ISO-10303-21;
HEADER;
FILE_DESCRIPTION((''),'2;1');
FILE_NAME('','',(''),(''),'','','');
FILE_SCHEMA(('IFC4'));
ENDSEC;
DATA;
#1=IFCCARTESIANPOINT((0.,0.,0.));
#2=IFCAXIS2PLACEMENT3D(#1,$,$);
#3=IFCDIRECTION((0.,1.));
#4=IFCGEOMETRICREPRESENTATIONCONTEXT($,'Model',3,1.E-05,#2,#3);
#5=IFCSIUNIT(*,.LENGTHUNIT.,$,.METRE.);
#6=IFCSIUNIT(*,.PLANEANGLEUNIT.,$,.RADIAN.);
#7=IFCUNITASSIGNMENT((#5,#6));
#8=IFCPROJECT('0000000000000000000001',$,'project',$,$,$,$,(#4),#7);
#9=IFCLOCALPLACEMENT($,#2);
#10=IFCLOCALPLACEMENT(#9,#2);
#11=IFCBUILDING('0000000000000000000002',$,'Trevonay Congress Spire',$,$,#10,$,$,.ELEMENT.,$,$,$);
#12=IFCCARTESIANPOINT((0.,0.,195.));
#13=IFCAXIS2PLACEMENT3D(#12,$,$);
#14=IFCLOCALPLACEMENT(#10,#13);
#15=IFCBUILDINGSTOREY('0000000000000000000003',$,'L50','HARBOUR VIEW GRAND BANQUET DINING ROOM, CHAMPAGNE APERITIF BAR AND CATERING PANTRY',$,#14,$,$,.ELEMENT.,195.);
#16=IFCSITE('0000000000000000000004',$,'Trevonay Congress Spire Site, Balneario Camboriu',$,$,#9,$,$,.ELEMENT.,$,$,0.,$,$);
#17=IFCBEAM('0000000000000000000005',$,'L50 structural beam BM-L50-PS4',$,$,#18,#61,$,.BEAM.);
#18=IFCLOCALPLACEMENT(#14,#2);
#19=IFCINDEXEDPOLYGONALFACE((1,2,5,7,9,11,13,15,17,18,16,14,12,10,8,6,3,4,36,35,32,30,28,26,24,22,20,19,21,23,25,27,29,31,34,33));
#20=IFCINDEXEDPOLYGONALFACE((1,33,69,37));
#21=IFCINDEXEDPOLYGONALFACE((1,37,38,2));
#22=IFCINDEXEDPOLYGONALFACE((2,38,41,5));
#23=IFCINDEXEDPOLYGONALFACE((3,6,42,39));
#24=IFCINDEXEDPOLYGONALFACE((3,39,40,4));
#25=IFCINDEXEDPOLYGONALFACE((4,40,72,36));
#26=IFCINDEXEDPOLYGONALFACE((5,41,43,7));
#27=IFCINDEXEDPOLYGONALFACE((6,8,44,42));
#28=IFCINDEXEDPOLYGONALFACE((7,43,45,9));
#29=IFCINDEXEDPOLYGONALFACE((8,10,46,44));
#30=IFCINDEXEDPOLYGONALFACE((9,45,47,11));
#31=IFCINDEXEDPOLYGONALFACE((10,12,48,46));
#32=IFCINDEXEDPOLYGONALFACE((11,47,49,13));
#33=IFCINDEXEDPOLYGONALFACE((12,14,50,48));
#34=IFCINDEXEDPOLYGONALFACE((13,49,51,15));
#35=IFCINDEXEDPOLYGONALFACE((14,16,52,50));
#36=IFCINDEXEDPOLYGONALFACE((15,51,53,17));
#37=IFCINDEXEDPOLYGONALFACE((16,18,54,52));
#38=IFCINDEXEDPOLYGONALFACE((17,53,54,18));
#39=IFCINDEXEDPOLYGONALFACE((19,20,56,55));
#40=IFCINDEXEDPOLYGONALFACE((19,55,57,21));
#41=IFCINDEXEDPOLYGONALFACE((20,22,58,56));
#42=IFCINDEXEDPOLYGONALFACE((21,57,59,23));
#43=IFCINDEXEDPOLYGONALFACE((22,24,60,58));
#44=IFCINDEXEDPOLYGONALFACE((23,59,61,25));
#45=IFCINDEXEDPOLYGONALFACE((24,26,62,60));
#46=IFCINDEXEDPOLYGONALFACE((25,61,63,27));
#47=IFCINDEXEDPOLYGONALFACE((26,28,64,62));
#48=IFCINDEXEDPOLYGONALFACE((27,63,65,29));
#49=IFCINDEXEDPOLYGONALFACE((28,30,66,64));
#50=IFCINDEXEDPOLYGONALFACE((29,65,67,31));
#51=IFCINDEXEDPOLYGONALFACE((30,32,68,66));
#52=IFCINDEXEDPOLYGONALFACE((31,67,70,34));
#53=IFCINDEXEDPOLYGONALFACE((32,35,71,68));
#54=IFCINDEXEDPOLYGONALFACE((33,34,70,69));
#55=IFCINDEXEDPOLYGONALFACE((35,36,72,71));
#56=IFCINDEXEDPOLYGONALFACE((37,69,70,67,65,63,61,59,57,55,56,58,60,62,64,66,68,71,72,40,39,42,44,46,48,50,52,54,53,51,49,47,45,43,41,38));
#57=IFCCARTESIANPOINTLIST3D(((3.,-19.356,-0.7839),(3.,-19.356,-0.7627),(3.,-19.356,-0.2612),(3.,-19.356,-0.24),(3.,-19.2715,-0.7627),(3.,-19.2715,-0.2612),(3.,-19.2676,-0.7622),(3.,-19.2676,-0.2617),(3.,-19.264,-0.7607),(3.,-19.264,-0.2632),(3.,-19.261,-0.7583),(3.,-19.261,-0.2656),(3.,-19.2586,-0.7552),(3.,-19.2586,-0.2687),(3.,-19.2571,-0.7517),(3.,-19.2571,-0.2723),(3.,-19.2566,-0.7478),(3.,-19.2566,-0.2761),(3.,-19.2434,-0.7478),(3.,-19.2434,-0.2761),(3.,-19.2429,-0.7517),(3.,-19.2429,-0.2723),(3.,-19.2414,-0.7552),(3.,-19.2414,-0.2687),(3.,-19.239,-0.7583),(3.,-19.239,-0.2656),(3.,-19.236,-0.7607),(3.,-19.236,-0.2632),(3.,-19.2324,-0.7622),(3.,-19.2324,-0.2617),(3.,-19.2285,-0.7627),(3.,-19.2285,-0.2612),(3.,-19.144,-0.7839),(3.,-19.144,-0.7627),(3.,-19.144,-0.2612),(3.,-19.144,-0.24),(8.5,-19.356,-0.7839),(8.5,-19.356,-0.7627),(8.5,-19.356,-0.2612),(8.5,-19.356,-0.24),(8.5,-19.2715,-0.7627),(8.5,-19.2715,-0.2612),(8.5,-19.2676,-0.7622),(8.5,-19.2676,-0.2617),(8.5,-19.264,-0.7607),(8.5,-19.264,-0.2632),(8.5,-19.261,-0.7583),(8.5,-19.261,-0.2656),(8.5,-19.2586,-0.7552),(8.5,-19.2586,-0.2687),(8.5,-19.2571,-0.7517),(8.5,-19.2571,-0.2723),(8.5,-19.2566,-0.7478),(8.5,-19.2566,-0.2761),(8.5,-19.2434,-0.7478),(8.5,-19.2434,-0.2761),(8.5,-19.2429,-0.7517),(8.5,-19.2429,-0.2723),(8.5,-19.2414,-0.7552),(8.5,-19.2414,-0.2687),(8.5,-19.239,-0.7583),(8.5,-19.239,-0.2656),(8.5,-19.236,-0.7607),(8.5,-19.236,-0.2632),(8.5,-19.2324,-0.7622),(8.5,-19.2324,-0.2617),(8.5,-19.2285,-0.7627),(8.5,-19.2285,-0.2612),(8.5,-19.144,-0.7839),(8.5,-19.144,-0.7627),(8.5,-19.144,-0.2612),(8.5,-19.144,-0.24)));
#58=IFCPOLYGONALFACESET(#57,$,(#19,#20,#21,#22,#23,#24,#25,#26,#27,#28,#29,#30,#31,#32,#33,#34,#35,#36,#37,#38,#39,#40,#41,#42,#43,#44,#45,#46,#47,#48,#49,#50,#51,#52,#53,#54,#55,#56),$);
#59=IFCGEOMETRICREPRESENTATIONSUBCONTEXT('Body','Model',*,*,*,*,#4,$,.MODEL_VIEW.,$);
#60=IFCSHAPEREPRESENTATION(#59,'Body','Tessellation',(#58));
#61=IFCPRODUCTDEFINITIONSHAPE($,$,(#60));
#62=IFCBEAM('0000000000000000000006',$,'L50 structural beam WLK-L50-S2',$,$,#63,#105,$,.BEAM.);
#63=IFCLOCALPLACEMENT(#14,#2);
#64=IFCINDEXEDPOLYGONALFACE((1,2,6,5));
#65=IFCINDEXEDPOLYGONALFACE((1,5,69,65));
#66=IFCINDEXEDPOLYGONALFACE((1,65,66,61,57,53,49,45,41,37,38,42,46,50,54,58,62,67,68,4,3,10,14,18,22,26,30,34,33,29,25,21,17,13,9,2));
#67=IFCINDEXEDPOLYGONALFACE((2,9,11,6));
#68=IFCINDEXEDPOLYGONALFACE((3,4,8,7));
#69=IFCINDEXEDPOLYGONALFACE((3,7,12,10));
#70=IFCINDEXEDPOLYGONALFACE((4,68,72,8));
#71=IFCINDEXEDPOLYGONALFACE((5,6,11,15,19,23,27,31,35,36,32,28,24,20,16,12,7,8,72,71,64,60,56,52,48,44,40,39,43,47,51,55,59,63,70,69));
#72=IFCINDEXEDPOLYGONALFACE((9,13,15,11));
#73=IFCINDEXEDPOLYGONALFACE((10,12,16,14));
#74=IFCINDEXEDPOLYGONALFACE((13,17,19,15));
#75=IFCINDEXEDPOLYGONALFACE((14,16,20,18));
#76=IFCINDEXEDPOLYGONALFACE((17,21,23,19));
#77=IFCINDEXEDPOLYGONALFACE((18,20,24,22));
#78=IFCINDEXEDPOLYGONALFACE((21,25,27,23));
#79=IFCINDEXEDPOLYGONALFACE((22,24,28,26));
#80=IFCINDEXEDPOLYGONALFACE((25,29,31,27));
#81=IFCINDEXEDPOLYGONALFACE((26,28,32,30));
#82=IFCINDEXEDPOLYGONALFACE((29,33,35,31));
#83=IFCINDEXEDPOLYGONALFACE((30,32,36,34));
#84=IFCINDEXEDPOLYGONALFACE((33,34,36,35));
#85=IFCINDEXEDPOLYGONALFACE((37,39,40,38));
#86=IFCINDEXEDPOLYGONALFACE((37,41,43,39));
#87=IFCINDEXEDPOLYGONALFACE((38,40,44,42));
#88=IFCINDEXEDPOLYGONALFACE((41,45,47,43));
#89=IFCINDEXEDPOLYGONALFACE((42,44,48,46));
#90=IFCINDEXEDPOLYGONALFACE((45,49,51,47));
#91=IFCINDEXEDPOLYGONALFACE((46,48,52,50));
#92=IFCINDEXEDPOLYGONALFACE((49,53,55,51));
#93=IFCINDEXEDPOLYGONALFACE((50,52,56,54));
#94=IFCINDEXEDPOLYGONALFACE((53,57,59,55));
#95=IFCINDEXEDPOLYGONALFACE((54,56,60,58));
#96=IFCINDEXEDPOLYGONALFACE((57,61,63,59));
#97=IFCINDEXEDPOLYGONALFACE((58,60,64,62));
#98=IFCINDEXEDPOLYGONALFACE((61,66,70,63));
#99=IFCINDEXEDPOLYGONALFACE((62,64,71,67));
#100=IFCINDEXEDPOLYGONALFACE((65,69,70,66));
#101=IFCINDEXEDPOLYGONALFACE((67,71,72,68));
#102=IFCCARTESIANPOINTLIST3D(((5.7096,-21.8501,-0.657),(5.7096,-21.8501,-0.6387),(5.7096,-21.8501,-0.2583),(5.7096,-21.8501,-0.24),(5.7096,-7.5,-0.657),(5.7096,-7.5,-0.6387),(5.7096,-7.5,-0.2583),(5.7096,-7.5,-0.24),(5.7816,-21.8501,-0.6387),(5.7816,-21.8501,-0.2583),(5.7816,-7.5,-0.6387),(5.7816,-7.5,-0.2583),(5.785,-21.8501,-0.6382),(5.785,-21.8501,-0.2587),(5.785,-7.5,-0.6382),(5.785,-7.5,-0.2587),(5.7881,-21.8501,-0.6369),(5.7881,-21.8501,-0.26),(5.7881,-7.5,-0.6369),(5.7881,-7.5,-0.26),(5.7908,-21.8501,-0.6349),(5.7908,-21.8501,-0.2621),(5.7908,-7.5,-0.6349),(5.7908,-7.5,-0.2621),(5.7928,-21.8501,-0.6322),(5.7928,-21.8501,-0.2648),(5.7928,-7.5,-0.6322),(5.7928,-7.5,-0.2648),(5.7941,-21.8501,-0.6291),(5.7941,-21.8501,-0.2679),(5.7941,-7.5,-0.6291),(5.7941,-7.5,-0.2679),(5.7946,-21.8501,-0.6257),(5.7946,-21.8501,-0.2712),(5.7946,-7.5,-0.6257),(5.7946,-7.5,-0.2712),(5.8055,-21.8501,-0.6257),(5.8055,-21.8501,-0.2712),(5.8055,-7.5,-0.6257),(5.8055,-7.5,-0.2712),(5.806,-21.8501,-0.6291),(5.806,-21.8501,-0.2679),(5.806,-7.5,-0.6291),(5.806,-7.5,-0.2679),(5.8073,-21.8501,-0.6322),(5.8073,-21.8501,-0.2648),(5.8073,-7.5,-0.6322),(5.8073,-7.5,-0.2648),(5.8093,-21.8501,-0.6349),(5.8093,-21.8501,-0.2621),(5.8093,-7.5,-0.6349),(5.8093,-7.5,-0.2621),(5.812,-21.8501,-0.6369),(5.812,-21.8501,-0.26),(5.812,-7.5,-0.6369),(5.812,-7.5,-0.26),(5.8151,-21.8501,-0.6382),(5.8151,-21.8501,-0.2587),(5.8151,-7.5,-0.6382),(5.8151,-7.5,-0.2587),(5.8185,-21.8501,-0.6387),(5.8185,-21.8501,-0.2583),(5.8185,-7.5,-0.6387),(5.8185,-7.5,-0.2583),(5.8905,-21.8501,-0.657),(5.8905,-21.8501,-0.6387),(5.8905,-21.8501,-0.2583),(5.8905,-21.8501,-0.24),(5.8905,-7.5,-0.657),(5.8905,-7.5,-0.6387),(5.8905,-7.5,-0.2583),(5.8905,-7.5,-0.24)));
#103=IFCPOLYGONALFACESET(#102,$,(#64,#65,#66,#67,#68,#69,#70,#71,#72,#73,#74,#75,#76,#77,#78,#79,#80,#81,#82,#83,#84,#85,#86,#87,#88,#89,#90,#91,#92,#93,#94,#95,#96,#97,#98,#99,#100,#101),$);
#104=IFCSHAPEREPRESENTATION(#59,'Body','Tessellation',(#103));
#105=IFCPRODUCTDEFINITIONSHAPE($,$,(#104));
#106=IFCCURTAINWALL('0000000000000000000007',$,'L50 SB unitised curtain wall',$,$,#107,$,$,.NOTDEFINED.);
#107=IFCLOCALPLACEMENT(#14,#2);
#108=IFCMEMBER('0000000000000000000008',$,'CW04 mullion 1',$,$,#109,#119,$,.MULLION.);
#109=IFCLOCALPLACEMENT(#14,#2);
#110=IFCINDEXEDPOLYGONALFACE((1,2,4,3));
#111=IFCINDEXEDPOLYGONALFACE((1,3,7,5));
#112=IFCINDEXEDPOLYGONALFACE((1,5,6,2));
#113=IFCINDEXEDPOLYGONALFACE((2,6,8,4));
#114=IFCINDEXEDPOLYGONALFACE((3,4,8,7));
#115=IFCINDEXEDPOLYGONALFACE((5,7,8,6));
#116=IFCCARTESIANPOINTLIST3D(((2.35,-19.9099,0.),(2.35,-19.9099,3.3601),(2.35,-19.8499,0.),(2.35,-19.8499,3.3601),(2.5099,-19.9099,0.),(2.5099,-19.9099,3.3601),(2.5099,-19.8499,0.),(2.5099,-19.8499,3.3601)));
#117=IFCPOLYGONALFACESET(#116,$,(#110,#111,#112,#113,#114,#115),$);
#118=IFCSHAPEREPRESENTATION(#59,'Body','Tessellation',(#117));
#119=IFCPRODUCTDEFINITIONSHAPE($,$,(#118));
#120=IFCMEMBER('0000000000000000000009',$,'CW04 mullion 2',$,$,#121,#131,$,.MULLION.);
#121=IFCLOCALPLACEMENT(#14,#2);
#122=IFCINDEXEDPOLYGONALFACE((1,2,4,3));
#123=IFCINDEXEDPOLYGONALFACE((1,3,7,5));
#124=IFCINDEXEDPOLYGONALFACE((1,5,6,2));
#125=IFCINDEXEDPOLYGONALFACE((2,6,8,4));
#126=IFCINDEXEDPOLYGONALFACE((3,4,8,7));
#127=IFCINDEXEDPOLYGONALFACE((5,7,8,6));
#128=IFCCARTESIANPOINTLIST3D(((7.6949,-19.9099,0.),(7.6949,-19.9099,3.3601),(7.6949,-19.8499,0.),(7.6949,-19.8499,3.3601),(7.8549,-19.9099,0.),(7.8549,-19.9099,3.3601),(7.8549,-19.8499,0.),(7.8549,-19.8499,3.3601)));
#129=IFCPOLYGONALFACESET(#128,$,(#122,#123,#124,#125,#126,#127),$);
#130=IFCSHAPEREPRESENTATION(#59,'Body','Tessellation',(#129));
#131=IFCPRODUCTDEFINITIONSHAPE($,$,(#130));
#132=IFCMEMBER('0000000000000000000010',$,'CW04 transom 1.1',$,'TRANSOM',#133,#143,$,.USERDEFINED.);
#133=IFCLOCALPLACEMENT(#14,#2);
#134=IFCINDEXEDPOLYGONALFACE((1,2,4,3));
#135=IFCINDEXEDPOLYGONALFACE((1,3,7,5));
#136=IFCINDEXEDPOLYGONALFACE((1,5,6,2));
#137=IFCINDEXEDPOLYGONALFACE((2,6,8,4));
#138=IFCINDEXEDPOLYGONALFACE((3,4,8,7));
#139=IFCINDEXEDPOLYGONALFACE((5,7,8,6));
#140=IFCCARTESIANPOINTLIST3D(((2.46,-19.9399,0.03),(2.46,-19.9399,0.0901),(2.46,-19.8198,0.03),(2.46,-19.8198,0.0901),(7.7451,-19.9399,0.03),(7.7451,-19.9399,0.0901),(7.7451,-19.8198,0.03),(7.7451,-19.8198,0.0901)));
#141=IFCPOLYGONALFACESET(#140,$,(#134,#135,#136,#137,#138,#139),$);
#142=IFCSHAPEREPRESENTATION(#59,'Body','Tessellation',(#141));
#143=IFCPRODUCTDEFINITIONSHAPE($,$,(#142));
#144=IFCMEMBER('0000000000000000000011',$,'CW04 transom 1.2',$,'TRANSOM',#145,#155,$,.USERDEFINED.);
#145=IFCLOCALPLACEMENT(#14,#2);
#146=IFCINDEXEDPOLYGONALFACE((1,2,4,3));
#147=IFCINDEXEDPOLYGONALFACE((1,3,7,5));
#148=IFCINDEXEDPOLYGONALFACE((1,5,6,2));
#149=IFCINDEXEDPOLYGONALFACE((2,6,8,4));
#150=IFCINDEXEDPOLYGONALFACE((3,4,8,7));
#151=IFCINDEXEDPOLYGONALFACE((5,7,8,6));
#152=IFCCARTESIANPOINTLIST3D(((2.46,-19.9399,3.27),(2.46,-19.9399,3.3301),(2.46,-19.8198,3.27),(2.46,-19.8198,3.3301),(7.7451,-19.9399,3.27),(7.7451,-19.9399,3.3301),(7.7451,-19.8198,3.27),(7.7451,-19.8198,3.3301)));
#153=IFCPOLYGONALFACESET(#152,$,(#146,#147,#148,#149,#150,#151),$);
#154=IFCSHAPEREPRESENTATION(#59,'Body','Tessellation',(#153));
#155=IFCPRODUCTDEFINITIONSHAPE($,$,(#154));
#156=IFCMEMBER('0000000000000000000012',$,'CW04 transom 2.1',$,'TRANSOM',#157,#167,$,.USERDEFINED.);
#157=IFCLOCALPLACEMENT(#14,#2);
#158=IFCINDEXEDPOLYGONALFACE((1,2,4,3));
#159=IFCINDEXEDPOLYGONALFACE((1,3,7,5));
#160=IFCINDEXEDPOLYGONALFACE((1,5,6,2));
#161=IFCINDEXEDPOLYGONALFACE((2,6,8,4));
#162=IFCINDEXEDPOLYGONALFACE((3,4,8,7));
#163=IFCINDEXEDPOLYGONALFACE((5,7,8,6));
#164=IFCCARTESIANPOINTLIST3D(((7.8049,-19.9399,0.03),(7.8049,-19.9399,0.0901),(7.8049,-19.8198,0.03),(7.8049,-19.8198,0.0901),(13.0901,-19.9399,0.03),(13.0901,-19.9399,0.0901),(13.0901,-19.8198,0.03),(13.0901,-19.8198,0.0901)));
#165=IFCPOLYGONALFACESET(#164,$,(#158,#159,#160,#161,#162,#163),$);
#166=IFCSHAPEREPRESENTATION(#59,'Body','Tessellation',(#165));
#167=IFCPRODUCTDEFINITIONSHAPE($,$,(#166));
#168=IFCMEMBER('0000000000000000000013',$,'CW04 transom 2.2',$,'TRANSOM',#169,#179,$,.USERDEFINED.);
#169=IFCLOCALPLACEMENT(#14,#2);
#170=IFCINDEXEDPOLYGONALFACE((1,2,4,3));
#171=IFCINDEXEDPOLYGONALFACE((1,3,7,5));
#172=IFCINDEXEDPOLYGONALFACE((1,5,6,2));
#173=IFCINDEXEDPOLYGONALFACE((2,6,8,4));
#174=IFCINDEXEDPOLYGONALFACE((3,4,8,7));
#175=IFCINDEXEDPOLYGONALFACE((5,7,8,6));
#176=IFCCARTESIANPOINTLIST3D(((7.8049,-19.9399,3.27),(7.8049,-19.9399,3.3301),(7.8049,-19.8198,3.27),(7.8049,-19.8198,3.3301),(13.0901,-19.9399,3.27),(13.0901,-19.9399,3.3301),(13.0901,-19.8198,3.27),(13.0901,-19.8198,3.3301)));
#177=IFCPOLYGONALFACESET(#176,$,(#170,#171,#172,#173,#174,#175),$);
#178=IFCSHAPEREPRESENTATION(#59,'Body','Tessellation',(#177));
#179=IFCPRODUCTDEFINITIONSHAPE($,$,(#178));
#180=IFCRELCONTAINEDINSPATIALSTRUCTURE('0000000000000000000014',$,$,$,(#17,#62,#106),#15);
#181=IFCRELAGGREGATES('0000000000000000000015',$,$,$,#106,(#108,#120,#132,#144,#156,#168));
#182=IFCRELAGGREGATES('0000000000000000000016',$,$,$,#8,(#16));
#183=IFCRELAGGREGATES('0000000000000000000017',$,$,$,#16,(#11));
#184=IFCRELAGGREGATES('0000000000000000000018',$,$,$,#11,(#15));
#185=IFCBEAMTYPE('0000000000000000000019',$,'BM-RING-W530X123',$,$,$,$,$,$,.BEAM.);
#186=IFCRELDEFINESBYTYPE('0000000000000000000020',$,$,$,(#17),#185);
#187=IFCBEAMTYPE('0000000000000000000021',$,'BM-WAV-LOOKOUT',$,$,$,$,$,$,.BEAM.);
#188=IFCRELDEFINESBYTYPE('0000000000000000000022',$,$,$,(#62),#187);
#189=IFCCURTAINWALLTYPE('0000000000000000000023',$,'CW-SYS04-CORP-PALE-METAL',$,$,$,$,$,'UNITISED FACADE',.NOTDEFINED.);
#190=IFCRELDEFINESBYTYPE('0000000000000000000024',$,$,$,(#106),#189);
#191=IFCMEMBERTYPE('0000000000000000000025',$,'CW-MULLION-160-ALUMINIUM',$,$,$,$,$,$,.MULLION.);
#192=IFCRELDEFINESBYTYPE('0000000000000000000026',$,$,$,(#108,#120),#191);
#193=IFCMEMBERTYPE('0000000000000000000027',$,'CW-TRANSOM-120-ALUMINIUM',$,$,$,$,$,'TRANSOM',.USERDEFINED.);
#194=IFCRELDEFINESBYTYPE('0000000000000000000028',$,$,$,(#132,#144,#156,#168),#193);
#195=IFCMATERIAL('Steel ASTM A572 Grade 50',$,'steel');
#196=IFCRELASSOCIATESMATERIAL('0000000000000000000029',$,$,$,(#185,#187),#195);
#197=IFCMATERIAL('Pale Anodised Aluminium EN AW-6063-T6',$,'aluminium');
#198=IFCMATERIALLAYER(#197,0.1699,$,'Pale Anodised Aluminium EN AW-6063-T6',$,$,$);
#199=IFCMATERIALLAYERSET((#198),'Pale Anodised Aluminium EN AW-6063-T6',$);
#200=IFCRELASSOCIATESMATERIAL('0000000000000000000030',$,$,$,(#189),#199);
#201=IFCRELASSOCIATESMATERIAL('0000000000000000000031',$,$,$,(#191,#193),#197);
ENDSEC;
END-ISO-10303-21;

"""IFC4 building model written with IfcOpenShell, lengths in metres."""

from ifc_helpers import new_model, si_unit, direction, frame, origin, origin_2d, place, context, subcontext, project, spatial, rectangle, i_section, extrude, material, layer, layer_set, material_profile, profile_set, type_object, element, aggregate, save


model = new_model("IFC4")

# Units and contexts
model_context = context("Model", 3, precision=1e-05, world=origin(), true_north=direction((0.0, 1.0)))
body_context = subcontext(model_context, "Body", "Model", "MODEL_VIEW")
ifc_project = project(units=[si_unit("LENGTHUNIT", "METRE"), si_unit("PLANEANGLEUNIT", "RADIAN")], contexts=[model_context])

# Site, building, storey
site_placement = place(None, origin())
site = spatial("IfcSite", under=ifc_project, at=site_placement, Name="Trevonay Congress Spire Site, Balneario Camboriu", CompositionType="ELEMENT", RefElevation=0.0)
building_placement = place(site_placement, origin())
building = spatial("IfcBuilding", under=site, at=building_placement, Name="Trevonay Congress Spire", CompositionType="ELEMENT")
storey_placement = place(building_placement, frame((0.0, 0.0, 195.0)))
storey = spatial("IfcBuildingStorey", under=building, at=storey_placement, Name="L50", Description="HARBOUR VIEW GRAND BANQUET DINING ROOM, CHAMPAGNE APERITIF BAR AND CATERING PANTRY", CompositionType="ELEMENT", Elevation=195.0)

# Shared definitions
ifc_material_1 = material(Name="Steel ASTM A572 Grade 50", Category="steel")

# Beams
ifc_material_profile_1 = material_profile(ifc_material_1, i_section(OverallWidth=0.2119, OverallDepth=0.5439, WebThickness=0.0132, FlangeThickness=0.0212, FilletRadius=0.0149, at=origin_2d()), Name="W530x123")
ifc_profile_set_1 = profile_set([ifc_material_profile_1], Name="Steel ASTM A572 Grade 50")
beam_type_1 = type_object("IfcBeamType", Name="BM-RING-W530X123", PredefinedType="BEAM", material=ifc_profile_set_1)
beam_1_placement = place(storey_placement, frame((3.0, -19.25, -0.512), z_axis=(1.0, 0.0, 0.0), x_axis=(0.0, 1.0, 0.0)))
element("IfcBeam", 1, at=beam_1_placement, inside=storey, type_object=beam_type_1, Name="L50 structural beam BM-L50-PS4", PredefinedType="BEAM", context=body_context, shape_type="SweptSolid", body=[
    extrude(i_section(OverallWidth=0.2119, OverallDepth=0.5439, WebThickness=0.0132, FlangeThickness=0.0212, FilletRadius=0.0149, at=origin_2d()), origin(), (0.0, 0.0, 1.0), 5.5),
])
ifc_material_profile_2 = material_profile(ifc_material_1, i_section(OverallWidth=0.1809, OverallDepth=0.417, WebThickness=0.011, FlangeThickness=0.0183, FilletRadius=0.0129, at=origin_2d()), Name="W410x85")
ifc_profile_set_2 = profile_set([ifc_material_profile_2], Name="Steel ASTM A572 Grade 50")
beam_type_2 = type_object("IfcBeamType", Name="BM-WAV-LOOKOUT", PredefinedType="BEAM", material=ifc_profile_set_2)
beam_2_placement = place(storey_placement, frame((5.8, -7.5, -0.4485), z_axis=(0.0, -1.0, 0.0), x_axis=(1.0, 0.0, 0.0)))
element("IfcBeam", 2, at=beam_2_placement, inside=storey, type_object=beam_type_2, Name="L50 structural beam WLK-L50-S2", PredefinedType="BEAM", context=body_context, shape_type="SweptSolid", body=[
    extrude(i_section(OverallWidth=0.1809, OverallDepth=0.417, WebThickness=0.011, FlangeThickness=0.0183, FilletRadius=0.0129, at=origin_2d()), origin(), (0.0, 0.0, 1.0), 14.3501),
])

# Curtain wall, members
ifc_material_2 = material(Name="Pale Anodised Aluminium EN AW-6063-T6", Category="aluminium")
ifc_layer_1 = layer(ifc_material_2, 0.1699, Name="Pale Anodised Aluminium EN AW-6063-T6")
ifc_layer_set_1 = layer_set([ifc_layer_1], Name="Pale Anodised Aluminium EN AW-6063-T6")
curtain_wall_type = type_object("IfcCurtainWallType", Name="CW-SYS04-CORP-PALE-METAL", ElementType="UNITISED FACADE", PredefinedType="NOTDEFINED", material=ifc_layer_set_1)
curtain_wall_placement = place(storey_placement, origin())
curtain_wall = element("IfcCurtainWall", 3, at=curtain_wall_placement, inside=storey, type_object=curtain_wall_type, Name="L50 SB unitised curtain wall", PredefinedType="NOTDEFINED")
ifc_material_profile_3 = material_profile(ifc_material_2, rectangle(XDim=0.0601, YDim=0.1599, at=origin_2d()), Name="CW-MULLION-160-ALUMINIUM")
ifc_profile_set_3 = profile_set([ifc_material_profile_3], Name="Pale Anodised Aluminium EN AW-6063-T6")
member_type_1 = type_object("IfcMemberType", Name="CW-MULLION-160-ALUMINIUM", PredefinedType="MULLION", material=ifc_profile_set_3)
member_1_placement = place(storey_placement, frame((2.4299, -19.8799, 0.0), z_axis=(0.0, 0.0, 1.0), x_axis=(0.0, 1.0, 0.0)))
member_1 = element("IfcMember", 4, at=member_1_placement, type_object=member_type_1, Name="CW04 mullion 1", PredefinedType="MULLION", context=body_context, shape_type="SweptSolid", body=[
    extrude(rectangle(XDim=0.0601, YDim=0.1599, at=origin_2d()), origin(), (0.0, 0.0, 1.0), 3.3601),
])
member_2_placement = place(storey_placement, frame((7.7749, -19.8799, 0.0), z_axis=(0.0, 0.0, 1.0), x_axis=(0.0, 1.0, 0.0)))
member_2 = element("IfcMember", 5, at=member_2_placement, type_object=member_type_1, Name="CW04 mullion 2", PredefinedType="MULLION", context=body_context, shape_type="SweptSolid", body=[
    extrude(rectangle(XDim=0.0601, YDim=0.1599, at=origin_2d()), origin(), (0.0, 0.0, 1.0), 3.3601),
])
ifc_material_profile_4 = material_profile(ifc_material_2, rectangle(XDim=0.1201, YDim=0.0601, at=origin_2d()), Name="CW-TRANSOM-120-ALUMINIUM")
ifc_profile_set_4 = profile_set([ifc_material_profile_4], Name="Pale Anodised Aluminium EN AW-6063-T6")
member_type_2 = type_object("IfcMemberType", Name="CW-TRANSOM-120-ALUMINIUM", ElementType="TRANSOM", PredefinedType="USERDEFINED", material=ifc_profile_set_4)
member_3_placement = place(storey_placement, frame((2.46, -19.8799, 0.0601), z_axis=(1.0, 0.0, 0.0), x_axis=(0.0, 1.0, 0.0)))
member_3 = element("IfcMember", 6, at=member_3_placement, type_object=member_type_2, Name="CW04 transom 1.1", ObjectType="TRANSOM", PredefinedType="USERDEFINED", context=body_context, shape_type="SweptSolid", body=[
    extrude(rectangle(XDim=0.1201, YDim=0.0601, at=origin_2d()), origin(), (0.0, 0.0, 1.0), 5.2852),
])
member_4_placement = place(storey_placement, frame((2.46, -19.8799, 3.3), z_axis=(1.0, 0.0, 0.0), x_axis=(0.0, 1.0, 0.0)))
member_4 = element("IfcMember", 7, at=member_4_placement, type_object=member_type_2, Name="CW04 transom 1.2", ObjectType="TRANSOM", PredefinedType="USERDEFINED", context=body_context, shape_type="SweptSolid", body=[
    extrude(rectangle(XDim=0.1201, YDim=0.0601, at=origin_2d()), origin(), (0.0, 0.0, 1.0), 5.2852),
])
member_5_placement = place(storey_placement, frame((7.8049, -19.8799, 0.0601), z_axis=(1.0, 0.0, 0.0), x_axis=(0.0, 1.0, 0.0)))
member_5 = element("IfcMember", 8, at=member_5_placement, type_object=member_type_2, Name="CW04 transom 2.1", ObjectType="TRANSOM", PredefinedType="USERDEFINED", context=body_context, shape_type="SweptSolid", body=[
    extrude(rectangle(XDim=0.1201, YDim=0.0601, at=origin_2d()), origin(), (0.0, 0.0, 1.0), 5.2852),
])
member_6_placement = place(storey_placement, frame((7.8049, -19.8799, 3.3), z_axis=(1.0, 0.0, 0.0), x_axis=(0.0, 1.0, 0.0)))
member_6 = element("IfcMember", 9, at=member_6_placement, type_object=member_type_2, Name="CW04 transom 2.2", ObjectType="TRANSOM", PredefinedType="USERDEFINED", context=body_context, shape_type="SweptSolid", body=[
    extrude(rectangle(XDim=0.1201, YDim=0.0601, at=origin_2d()), origin(), (0.0, 0.0, 1.0), 5.2852),
])
aggregate(curtain_wall, [member_1, member_2, member_3, member_4, member_5, member_6])

save(model, "model.ifc")
